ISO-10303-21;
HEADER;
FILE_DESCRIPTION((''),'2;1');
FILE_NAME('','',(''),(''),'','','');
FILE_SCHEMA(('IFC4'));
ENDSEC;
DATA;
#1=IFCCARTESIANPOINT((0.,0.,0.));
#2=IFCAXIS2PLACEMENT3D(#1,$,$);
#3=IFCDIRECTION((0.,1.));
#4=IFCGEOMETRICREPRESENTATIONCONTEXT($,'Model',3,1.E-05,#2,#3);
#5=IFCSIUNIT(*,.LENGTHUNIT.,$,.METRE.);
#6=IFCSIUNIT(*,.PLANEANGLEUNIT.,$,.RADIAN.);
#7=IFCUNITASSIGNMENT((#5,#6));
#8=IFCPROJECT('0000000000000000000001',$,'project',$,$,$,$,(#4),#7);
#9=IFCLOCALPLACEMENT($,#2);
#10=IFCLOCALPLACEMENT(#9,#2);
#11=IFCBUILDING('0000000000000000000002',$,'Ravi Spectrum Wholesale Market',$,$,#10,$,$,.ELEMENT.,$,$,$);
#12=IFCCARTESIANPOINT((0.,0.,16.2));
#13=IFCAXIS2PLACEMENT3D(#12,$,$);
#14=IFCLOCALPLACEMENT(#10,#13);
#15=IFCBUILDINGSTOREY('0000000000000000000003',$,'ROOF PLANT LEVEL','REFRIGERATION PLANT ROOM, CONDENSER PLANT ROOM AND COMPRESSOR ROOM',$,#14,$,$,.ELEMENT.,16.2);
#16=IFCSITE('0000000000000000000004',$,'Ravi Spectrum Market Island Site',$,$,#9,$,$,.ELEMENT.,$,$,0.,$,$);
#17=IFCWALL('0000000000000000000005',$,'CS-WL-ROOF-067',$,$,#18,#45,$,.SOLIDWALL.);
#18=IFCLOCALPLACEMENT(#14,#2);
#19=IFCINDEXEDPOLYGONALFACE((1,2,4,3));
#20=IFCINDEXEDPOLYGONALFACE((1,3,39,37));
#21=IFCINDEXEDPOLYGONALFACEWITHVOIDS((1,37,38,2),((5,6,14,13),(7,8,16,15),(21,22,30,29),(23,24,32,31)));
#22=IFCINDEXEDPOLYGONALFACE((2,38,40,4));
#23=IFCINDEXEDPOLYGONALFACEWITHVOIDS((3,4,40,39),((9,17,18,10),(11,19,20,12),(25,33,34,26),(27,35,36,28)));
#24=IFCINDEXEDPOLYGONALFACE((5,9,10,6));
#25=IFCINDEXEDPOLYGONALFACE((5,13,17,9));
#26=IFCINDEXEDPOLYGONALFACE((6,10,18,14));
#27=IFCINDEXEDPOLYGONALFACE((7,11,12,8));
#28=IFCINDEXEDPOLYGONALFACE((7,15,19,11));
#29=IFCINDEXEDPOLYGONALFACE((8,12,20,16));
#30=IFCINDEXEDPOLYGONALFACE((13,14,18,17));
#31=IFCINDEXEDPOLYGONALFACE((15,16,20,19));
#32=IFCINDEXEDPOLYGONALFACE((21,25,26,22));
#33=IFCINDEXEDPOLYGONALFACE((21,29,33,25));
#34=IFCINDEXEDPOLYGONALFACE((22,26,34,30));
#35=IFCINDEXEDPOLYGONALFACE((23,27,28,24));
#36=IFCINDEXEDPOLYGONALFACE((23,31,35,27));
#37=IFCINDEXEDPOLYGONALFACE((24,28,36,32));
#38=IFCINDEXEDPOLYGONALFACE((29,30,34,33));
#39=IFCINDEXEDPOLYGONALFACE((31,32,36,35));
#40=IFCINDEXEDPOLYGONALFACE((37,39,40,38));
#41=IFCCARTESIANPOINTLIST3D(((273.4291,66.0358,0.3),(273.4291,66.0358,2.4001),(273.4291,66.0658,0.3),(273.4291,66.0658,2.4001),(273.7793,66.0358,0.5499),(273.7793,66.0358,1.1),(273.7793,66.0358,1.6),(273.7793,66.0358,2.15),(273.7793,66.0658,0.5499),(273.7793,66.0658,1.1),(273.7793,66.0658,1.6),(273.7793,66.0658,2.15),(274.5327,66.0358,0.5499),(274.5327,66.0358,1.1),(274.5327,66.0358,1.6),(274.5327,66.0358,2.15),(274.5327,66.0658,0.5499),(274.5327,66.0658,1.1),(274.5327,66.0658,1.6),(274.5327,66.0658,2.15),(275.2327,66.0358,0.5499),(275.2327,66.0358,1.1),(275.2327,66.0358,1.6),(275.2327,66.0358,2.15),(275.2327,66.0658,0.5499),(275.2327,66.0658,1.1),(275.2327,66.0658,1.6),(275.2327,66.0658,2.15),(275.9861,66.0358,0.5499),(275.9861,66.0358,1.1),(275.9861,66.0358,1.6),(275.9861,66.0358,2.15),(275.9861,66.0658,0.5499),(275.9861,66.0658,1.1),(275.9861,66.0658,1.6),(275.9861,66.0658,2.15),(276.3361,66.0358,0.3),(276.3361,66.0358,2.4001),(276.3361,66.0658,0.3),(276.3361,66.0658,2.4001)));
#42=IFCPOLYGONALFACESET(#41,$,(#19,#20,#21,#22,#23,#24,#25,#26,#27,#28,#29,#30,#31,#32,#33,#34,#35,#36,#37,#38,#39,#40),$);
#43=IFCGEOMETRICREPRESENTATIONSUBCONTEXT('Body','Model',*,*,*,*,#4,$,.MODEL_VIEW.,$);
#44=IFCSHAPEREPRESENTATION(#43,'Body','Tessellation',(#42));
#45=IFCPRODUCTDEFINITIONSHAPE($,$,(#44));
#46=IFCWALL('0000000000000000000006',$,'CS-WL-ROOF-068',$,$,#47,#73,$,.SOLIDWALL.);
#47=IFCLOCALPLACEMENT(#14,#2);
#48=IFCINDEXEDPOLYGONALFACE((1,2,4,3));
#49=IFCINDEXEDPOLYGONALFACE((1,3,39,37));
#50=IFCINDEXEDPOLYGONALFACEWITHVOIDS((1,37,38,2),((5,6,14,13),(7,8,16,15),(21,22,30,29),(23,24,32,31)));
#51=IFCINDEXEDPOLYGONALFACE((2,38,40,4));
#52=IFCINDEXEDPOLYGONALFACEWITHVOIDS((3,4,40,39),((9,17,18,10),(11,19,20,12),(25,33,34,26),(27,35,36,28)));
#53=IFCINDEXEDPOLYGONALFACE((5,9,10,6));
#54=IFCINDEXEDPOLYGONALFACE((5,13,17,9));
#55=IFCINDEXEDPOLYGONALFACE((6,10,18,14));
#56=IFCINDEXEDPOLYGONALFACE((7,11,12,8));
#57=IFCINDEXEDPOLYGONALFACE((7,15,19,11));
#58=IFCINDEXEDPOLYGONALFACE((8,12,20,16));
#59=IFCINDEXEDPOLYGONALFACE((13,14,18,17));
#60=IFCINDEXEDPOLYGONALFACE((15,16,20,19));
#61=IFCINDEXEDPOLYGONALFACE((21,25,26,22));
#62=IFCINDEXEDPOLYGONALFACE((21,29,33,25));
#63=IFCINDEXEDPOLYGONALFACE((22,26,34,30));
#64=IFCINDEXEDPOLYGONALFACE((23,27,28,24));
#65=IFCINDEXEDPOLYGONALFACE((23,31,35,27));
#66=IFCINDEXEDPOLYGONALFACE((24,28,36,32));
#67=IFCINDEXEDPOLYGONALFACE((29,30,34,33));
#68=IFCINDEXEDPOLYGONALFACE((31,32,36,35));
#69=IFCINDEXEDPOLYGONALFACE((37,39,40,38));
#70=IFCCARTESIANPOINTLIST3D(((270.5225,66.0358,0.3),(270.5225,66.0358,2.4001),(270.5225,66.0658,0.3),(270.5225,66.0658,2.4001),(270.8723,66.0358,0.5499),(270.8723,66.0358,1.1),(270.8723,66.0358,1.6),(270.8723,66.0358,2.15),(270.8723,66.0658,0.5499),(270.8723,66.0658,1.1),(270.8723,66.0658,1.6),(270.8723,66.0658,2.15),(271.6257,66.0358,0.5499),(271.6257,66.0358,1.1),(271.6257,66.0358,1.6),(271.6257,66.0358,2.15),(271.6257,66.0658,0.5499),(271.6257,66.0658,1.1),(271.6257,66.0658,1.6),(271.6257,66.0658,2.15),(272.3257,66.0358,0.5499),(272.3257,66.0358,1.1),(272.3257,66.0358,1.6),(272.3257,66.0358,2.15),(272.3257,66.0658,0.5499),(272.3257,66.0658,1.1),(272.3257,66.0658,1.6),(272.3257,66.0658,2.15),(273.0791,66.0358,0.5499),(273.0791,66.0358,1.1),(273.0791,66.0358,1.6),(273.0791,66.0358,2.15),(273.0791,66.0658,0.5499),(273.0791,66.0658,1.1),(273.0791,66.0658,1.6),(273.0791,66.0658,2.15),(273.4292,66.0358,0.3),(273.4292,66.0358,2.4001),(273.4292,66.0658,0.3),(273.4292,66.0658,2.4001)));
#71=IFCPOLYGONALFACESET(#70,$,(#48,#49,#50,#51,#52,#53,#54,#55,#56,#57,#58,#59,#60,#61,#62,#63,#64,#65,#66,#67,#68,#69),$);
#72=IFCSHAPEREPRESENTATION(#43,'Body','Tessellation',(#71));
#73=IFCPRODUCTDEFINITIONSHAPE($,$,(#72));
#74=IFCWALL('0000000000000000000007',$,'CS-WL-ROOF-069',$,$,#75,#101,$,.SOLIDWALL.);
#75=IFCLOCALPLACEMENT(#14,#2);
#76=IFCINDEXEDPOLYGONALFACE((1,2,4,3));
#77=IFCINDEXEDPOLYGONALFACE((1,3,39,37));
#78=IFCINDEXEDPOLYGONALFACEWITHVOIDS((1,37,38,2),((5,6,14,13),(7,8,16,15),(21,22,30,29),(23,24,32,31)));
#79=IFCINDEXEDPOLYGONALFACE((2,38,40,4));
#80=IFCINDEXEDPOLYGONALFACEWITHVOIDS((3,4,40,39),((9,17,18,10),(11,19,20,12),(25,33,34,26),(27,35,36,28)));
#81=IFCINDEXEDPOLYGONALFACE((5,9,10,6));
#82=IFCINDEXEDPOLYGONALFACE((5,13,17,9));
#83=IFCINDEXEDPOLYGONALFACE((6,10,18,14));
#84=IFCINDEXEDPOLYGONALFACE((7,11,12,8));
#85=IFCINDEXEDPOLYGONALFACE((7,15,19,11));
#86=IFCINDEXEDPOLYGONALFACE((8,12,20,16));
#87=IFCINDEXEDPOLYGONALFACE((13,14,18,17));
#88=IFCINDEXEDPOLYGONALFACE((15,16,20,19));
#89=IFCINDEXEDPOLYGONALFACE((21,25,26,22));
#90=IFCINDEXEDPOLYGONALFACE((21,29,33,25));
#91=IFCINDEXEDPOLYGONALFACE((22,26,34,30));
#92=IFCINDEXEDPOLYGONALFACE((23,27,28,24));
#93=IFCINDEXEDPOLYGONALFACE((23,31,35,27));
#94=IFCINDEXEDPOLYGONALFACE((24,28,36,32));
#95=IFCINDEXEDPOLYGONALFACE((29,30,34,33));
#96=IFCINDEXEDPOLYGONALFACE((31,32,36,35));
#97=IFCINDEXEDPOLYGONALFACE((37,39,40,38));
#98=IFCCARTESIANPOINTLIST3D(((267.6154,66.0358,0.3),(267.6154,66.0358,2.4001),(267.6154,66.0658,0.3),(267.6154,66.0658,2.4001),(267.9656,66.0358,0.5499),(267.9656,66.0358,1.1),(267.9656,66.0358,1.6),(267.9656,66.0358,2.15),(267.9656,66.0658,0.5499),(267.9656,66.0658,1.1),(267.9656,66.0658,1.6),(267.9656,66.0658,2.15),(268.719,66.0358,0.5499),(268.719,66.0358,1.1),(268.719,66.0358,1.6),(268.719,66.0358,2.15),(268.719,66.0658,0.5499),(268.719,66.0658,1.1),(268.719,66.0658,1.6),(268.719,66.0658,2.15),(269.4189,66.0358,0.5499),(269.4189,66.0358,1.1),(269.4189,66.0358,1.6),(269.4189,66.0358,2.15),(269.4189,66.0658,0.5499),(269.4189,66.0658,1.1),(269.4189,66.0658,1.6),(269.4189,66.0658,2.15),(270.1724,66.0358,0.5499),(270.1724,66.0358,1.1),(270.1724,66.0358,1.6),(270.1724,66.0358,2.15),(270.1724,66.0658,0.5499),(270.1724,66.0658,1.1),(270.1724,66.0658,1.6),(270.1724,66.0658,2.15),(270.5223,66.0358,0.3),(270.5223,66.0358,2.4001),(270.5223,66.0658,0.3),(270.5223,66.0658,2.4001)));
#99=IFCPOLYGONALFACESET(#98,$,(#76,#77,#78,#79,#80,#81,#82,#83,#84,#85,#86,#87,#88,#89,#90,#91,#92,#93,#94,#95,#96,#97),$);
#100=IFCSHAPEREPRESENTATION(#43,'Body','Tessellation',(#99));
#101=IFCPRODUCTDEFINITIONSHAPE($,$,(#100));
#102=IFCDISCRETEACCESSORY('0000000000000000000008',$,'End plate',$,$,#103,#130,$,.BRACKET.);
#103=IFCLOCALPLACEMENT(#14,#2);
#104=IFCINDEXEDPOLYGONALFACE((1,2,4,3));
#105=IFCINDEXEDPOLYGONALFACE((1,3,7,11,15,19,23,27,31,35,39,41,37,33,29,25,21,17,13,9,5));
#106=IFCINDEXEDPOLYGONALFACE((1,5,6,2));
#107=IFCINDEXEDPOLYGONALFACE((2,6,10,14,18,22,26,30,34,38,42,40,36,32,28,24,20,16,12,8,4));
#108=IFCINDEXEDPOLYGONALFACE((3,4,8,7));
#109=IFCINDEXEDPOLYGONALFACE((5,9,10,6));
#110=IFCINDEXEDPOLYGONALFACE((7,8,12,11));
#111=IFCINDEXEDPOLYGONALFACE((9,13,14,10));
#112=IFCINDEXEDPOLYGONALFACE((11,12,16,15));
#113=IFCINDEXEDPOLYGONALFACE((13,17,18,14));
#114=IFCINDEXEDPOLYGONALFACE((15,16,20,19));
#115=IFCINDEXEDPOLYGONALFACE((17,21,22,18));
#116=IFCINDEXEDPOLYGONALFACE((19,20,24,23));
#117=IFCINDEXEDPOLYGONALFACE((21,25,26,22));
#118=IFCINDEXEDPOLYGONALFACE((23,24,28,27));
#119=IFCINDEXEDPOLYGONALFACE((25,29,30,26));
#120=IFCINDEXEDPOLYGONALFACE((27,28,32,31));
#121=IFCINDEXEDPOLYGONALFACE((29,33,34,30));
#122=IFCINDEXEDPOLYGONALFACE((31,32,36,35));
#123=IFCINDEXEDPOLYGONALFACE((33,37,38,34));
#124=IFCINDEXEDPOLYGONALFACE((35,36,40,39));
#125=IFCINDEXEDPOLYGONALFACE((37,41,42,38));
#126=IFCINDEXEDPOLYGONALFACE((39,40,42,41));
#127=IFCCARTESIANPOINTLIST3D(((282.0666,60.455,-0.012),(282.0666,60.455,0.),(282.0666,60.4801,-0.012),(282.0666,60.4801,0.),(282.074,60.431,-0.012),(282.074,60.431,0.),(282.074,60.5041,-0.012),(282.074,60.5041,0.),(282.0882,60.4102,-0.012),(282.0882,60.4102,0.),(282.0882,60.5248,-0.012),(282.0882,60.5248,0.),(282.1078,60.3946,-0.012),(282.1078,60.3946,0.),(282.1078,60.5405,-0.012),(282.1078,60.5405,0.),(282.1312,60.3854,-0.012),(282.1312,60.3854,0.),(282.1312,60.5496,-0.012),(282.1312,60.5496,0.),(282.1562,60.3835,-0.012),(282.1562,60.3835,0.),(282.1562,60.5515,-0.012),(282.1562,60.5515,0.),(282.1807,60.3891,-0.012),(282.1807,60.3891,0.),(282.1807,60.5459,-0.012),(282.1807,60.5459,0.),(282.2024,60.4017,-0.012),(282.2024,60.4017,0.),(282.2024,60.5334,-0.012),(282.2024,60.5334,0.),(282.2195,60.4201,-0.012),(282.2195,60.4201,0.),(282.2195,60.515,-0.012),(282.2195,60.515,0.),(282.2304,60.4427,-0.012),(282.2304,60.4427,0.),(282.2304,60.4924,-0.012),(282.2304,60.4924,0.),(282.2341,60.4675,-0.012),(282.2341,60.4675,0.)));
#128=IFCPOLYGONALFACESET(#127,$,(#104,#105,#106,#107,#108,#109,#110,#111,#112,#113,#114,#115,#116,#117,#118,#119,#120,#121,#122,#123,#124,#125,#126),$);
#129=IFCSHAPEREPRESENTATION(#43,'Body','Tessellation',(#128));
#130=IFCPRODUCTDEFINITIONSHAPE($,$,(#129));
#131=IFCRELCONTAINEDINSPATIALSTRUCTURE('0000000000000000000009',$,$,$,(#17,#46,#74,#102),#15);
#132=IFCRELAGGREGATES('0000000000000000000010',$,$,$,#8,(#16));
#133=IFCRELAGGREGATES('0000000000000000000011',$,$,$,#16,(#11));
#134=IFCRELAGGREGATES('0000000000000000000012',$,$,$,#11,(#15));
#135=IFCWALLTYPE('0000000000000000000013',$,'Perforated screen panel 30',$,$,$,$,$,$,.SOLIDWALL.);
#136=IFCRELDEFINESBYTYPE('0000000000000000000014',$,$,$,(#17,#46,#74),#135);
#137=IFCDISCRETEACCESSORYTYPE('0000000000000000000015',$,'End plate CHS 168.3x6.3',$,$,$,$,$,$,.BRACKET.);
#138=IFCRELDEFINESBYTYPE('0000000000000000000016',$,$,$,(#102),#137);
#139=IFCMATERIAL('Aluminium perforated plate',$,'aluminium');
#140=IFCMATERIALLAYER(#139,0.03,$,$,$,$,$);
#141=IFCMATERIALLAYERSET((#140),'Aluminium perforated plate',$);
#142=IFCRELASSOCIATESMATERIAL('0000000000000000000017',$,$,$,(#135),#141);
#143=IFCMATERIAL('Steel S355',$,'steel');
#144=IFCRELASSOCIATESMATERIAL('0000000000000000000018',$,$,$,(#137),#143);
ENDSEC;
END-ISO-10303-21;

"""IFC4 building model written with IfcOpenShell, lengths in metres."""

from ifc_helpers import new_model, si_unit, direction, frame, frame_2d, origin, origin_2d, place, context, subcontext, project, spatial, rectangle, circle, extrude, material, layer, layer_set, material_profile, profile_set, type_object, element, save


model = new_model("IFC4")

# Units and contexts
model_context = context("Model", 3, precision=1e-05, world=origin(), true_north=direction((0.0, 1.0)))
body_context = subcontext(model_context, "Body", "Model", "MODEL_VIEW")
ifc_project = project(units=[si_unit("LENGTHUNIT", "METRE"), si_unit("PLANEANGLEUNIT", "RADIAN")], contexts=[model_context])

# Site, building, storey
site_placement = place(None, origin())
site = spatial("IfcSite", under=ifc_project, at=site_placement, Name="Ravi Spectrum Market Island Site", CompositionType="ELEMENT", RefElevation=0.0)
building_placement = place(site_placement, origin())
building = spatial("IfcBuilding", under=site, at=building_placement, Name="Ravi Spectrum Wholesale Market", CompositionType="ELEMENT")
storey_placement = place(building_placement, frame((0.0, 0.0, 16.2)))
storey = spatial("IfcBuildingStorey", under=building, at=storey_placement, Name="ROOF PLANT LEVEL", Description="REFRIGERATION PLANT ROOM, CONDENSER PLANT ROOM AND COMPRESSOR ROOM", CompositionType="ELEMENT", Elevation=16.2)

# Walls, openings
ifc_material_1 = material(Name="Aluminium perforated plate", Category="aluminium")
ifc_layer = layer(ifc_material_1, 0.03)
ifc_layer_set = layer_set([ifc_layer], Name="Aluminium perforated plate")
wall_type = type_object("IfcWallType", Name="Perforated screen panel 30", PredefinedType="SOLIDWALL", material=ifc_layer_set)
wall_1_placement = place(storey_placement, frame((276.3362, 66.0508, 0.3), z_axis=(0.0, 0.0, 1.0), x_axis=(-1.0, 0.0, 0.0)))
wall_1 = element("IfcWall", 1, at=wall_1_placement, inside=storey, type_object=wall_type, Name="CS-WL-ROOF-067", PredefinedType="SOLIDWALL", context=body_context, shape_type="SweptSolid", body=[
    extrude(rectangle(XDim=2.907, YDim=0.03, at=frame_2d((1.4536, 0.0))), origin(), (0.0, 0.0, 1.0), 2.1001),
])
opening_1_placement = place(wall_1_placement, frame((0.3501, 0.0, 0.25)))
element("IfcOpeningElement", 2, at=opening_1_placement, cuts=wall_1, PredefinedType="OPENING", context=body_context, shape_type="SweptSolid", body=[
    extrude(rectangle(XDim=0.7534, YDim=0.55, at=frame_2d((0.3767, 0.2749))), frame((0.0, 0.0249, 0.0), z_axis=(0.0, -1.0, 0.0), x_axis=(1.0, 0.0, 0.0)), (0.0, 0.0, 1.0), 0.05),
])
opening_2_placement = place(wall_1_placement, frame((0.3501, 0.0, 1.3)))
element("IfcOpeningElement", 3, at=opening_2_placement, cuts=wall_1, PredefinedType="OPENING", context=body_context, shape_type="SweptSolid", body=[
    extrude(rectangle(XDim=0.7534, YDim=0.55, at=frame_2d((0.3767, 0.2749))), frame((0.0, 0.0249, 0.0), z_axis=(0.0, -1.0, 0.0), x_axis=(1.0, 0.0, 0.0)), (0.0, 0.0, 1.0), 0.05),
])
opening_3_placement = place(wall_1_placement, frame((1.8035, 0.0, 0.25)))
element("IfcOpeningElement", 4, at=opening_3_placement, cuts=wall_1, PredefinedType="OPENING", context=body_context, shape_type="SweptSolid", body=[
    extrude(rectangle(XDim=0.7534, YDim=0.55, at=frame_2d((0.3767, 0.2749))), frame((0.0, 0.0249, 0.0), z_axis=(0.0, -1.0, 0.0), x_axis=(1.0, 0.0, 0.0)), (0.0, 0.0, 1.0), 0.05),
])
opening_4_placement = place(wall_1_placement, frame((1.8035, 0.0, 1.3)))
element("IfcOpeningElement", 5, at=opening_4_placement, cuts=wall_1, PredefinedType="OPENING", context=body_context, shape_type="SweptSolid", body=[
    extrude(rectangle(XDim=0.7534, YDim=0.55, at=frame_2d((0.3767, 0.2749))), frame((0.0, 0.0249, 0.0), z_axis=(0.0, -1.0, 0.0), x_axis=(1.0, 0.0, 0.0)), (0.0, 0.0, 1.0), 0.05),
])
wall_2_placement = place(storey_placement, frame((273.4292, 66.0508, 0.3), z_axis=(0.0, 0.0, 1.0), x_axis=(-1.0, 0.0, 0.0)))
wall_2 = element("IfcWall", 6, at=wall_2_placement, inside=storey, type_object=wall_type, Name="CS-WL-ROOF-068", PredefinedType="SOLIDWALL", context=body_context, shape_type="SweptSolid", body=[
    extrude(rectangle(XDim=2.9067, YDim=0.03, at=frame_2d((1.4534, 0.0))), origin(), (0.0, 0.0, 1.0), 2.1001),
])
opening_5_placement = place(wall_2_placement, frame((0.3501, 0.0, 0.25)))
element("IfcOpeningElement", 7, at=opening_5_placement, cuts=wall_2, PredefinedType="OPENING", context=body_context, shape_type="SweptSolid", body=[
    extrude(rectangle(XDim=0.7534, YDim=0.55, at=frame_2d((0.3767, 0.2749))), frame((0.0, 0.0249, 0.0), z_axis=(0.0, -1.0, 0.0), x_axis=(1.0, 0.0, 0.0)), (0.0, 0.0, 1.0), 0.05),
])
opening_6_placement = place(wall_2_placement, frame((0.3501, 0.0, 1.3)))
element("IfcOpeningElement", 8, at=opening_6_placement, cuts=wall_2, PredefinedType="OPENING", context=body_context, shape_type="SweptSolid", body=[
    extrude(rectangle(XDim=0.7534, YDim=0.55, at=frame_2d((0.3767, 0.2749))), frame((0.0, 0.0249, 0.0), z_axis=(0.0, -1.0, 0.0), x_axis=(1.0, 0.0, 0.0)), (0.0, 0.0, 1.0), 0.05),
])
opening_7_placement = place(wall_2_placement, frame((1.8035, 0.0, 0.25)))
element("IfcOpeningElement", 9, at=opening_7_placement, cuts=wall_2, PredefinedType="OPENING", context=body_context, shape_type="SweptSolid", body=[
    extrude(rectangle(XDim=0.7534, YDim=0.55, at=frame_2d((0.3767, 0.2749))), frame((0.0, 0.0249, 0.0), z_axis=(0.0, -1.0, 0.0), x_axis=(1.0, 0.0, 0.0)), (0.0, 0.0, 1.0), 0.05),
])
opening_8_placement = place(wall_2_placement, frame((1.8035, 0.0, 1.3)))
element("IfcOpeningElement", 10, at=opening_8_placement, cuts=wall_2, PredefinedType="OPENING", context=body_context, shape_type="SweptSolid", body=[
    extrude(rectangle(XDim=0.7534, YDim=0.55, at=frame_2d((0.3767, 0.2749))), frame((0.0, 0.0249, 0.0), z_axis=(0.0, -1.0, 0.0), x_axis=(1.0, 0.0, 0.0)), (0.0, 0.0, 1.0), 0.05),
])
wall_3_placement = place(storey_placement, frame((270.5225, 66.0508, 0.3), z_axis=(0.0, 0.0, 1.0), x_axis=(-1.0, 0.0, 0.0)))
wall_3 = element("IfcWall", 11, at=wall_3_placement, inside=storey, type_object=wall_type, Name="CS-WL-ROOF-069", PredefinedType="SOLIDWALL", context=body_context, shape_type="SweptSolid", body=[
    extrude(rectangle(XDim=2.907, YDim=0.03, at=frame_2d((1.4536, 0.0))), origin(), (0.0, 0.0, 1.0), 2.1001),
])
opening_9_placement = place(wall_3_placement, frame((0.3501, 0.0, 0.25)))
element("IfcOpeningElement", 12, at=opening_9_placement, cuts=wall_3, PredefinedType="OPENING", context=body_context, shape_type="SweptSolid", body=[
    extrude(rectangle(XDim=0.7534, YDim=0.55, at=frame_2d((0.3767, 0.2749))), frame((0.0, 0.0249, 0.0), z_axis=(0.0, -1.0, 0.0), x_axis=(1.0, 0.0, 0.0)), (0.0, 0.0, 1.0), 0.05),
])
opening_10_placement = place(wall_3_placement, frame((0.3501, 0.0, 1.3)))
element("IfcOpeningElement", 13, at=opening_10_placement, cuts=wall_3, PredefinedType="OPENING", context=body_context, shape_type="SweptSolid", body=[
    extrude(rectangle(XDim=0.7534, YDim=0.55, at=frame_2d((0.3767, 0.2749))), frame((0.0, 0.0249, 0.0), z_axis=(0.0, -1.0, 0.0), x_axis=(1.0, 0.0, 0.0)), (0.0, 0.0, 1.0), 0.05),
])
opening_11_placement = place(wall_3_placement, frame((1.8035, 0.0, 0.25)))
element("IfcOpeningElement", 14, at=opening_11_placement, cuts=wall_3, PredefinedType="OPENING", context=body_context, shape_type="SweptSolid", body=[
    extrude(rectangle(XDim=0.7534, YDim=0.55, at=frame_2d((0.3767, 0.2749))), frame((0.0, 0.0249, 0.0), z_axis=(0.0, -1.0, 0.0), x_axis=(1.0, 0.0, 0.0)), (0.0, 0.0, 1.0), 0.05),
])
opening_12_placement = place(wall_3_placement, frame((1.8035, 0.0, 1.3)))
element("IfcOpeningElement", 15, at=opening_12_placement, cuts=wall_3, PredefinedType="OPENING", context=body_context, shape_type="SweptSolid", body=[
    extrude(rectangle(XDim=0.7534, YDim=0.55, at=frame_2d((0.3767, 0.2749))), frame((0.0, 0.0249, 0.0), z_axis=(0.0, -1.0, 0.0), x_axis=(1.0, 0.0, 0.0)), (0.0, 0.0, 1.0), 0.05),
])

# Discrete accessory
ifc_material_2 = material(Name="Steel S355", Category="steel")
ifc_material_profile_1 = material_profile(ifc_material_2, circle(Radius=0.0842, at=origin_2d()))
ifc_profile_set_1 = profile_set([ifc_material_profile_1], Name="Steel S355")
discrete_accessory_type = type_object("IfcDiscreteAccessoryType", Name="End plate CHS 168.3x6.3", PredefinedType="BRACKET", material=ifc_profile_set_1)
for number, where, z_axis, x_axis, name in (
    (16, (282.1499, 60.4675, 0.0), (0.0, 0.0, -1.0), (1.0, 0.0, 0.0), "End plate"),
):
    element("IfcDiscreteAccessory", number, at=place(storey_placement, frame(where, z_axis=z_axis, x_axis=x_axis)), inside=storey, type_object=discrete_accessory_type, Name=name, PredefinedType="BRACKET", context=body_context, shape_type="SweptSolid", body=[
        extrude(circle(Radius=0.0842, at=origin_2d()), origin(), (0.0, 0.0, 1.0), 0.012),
    ])

save(model, "model.ifc")
